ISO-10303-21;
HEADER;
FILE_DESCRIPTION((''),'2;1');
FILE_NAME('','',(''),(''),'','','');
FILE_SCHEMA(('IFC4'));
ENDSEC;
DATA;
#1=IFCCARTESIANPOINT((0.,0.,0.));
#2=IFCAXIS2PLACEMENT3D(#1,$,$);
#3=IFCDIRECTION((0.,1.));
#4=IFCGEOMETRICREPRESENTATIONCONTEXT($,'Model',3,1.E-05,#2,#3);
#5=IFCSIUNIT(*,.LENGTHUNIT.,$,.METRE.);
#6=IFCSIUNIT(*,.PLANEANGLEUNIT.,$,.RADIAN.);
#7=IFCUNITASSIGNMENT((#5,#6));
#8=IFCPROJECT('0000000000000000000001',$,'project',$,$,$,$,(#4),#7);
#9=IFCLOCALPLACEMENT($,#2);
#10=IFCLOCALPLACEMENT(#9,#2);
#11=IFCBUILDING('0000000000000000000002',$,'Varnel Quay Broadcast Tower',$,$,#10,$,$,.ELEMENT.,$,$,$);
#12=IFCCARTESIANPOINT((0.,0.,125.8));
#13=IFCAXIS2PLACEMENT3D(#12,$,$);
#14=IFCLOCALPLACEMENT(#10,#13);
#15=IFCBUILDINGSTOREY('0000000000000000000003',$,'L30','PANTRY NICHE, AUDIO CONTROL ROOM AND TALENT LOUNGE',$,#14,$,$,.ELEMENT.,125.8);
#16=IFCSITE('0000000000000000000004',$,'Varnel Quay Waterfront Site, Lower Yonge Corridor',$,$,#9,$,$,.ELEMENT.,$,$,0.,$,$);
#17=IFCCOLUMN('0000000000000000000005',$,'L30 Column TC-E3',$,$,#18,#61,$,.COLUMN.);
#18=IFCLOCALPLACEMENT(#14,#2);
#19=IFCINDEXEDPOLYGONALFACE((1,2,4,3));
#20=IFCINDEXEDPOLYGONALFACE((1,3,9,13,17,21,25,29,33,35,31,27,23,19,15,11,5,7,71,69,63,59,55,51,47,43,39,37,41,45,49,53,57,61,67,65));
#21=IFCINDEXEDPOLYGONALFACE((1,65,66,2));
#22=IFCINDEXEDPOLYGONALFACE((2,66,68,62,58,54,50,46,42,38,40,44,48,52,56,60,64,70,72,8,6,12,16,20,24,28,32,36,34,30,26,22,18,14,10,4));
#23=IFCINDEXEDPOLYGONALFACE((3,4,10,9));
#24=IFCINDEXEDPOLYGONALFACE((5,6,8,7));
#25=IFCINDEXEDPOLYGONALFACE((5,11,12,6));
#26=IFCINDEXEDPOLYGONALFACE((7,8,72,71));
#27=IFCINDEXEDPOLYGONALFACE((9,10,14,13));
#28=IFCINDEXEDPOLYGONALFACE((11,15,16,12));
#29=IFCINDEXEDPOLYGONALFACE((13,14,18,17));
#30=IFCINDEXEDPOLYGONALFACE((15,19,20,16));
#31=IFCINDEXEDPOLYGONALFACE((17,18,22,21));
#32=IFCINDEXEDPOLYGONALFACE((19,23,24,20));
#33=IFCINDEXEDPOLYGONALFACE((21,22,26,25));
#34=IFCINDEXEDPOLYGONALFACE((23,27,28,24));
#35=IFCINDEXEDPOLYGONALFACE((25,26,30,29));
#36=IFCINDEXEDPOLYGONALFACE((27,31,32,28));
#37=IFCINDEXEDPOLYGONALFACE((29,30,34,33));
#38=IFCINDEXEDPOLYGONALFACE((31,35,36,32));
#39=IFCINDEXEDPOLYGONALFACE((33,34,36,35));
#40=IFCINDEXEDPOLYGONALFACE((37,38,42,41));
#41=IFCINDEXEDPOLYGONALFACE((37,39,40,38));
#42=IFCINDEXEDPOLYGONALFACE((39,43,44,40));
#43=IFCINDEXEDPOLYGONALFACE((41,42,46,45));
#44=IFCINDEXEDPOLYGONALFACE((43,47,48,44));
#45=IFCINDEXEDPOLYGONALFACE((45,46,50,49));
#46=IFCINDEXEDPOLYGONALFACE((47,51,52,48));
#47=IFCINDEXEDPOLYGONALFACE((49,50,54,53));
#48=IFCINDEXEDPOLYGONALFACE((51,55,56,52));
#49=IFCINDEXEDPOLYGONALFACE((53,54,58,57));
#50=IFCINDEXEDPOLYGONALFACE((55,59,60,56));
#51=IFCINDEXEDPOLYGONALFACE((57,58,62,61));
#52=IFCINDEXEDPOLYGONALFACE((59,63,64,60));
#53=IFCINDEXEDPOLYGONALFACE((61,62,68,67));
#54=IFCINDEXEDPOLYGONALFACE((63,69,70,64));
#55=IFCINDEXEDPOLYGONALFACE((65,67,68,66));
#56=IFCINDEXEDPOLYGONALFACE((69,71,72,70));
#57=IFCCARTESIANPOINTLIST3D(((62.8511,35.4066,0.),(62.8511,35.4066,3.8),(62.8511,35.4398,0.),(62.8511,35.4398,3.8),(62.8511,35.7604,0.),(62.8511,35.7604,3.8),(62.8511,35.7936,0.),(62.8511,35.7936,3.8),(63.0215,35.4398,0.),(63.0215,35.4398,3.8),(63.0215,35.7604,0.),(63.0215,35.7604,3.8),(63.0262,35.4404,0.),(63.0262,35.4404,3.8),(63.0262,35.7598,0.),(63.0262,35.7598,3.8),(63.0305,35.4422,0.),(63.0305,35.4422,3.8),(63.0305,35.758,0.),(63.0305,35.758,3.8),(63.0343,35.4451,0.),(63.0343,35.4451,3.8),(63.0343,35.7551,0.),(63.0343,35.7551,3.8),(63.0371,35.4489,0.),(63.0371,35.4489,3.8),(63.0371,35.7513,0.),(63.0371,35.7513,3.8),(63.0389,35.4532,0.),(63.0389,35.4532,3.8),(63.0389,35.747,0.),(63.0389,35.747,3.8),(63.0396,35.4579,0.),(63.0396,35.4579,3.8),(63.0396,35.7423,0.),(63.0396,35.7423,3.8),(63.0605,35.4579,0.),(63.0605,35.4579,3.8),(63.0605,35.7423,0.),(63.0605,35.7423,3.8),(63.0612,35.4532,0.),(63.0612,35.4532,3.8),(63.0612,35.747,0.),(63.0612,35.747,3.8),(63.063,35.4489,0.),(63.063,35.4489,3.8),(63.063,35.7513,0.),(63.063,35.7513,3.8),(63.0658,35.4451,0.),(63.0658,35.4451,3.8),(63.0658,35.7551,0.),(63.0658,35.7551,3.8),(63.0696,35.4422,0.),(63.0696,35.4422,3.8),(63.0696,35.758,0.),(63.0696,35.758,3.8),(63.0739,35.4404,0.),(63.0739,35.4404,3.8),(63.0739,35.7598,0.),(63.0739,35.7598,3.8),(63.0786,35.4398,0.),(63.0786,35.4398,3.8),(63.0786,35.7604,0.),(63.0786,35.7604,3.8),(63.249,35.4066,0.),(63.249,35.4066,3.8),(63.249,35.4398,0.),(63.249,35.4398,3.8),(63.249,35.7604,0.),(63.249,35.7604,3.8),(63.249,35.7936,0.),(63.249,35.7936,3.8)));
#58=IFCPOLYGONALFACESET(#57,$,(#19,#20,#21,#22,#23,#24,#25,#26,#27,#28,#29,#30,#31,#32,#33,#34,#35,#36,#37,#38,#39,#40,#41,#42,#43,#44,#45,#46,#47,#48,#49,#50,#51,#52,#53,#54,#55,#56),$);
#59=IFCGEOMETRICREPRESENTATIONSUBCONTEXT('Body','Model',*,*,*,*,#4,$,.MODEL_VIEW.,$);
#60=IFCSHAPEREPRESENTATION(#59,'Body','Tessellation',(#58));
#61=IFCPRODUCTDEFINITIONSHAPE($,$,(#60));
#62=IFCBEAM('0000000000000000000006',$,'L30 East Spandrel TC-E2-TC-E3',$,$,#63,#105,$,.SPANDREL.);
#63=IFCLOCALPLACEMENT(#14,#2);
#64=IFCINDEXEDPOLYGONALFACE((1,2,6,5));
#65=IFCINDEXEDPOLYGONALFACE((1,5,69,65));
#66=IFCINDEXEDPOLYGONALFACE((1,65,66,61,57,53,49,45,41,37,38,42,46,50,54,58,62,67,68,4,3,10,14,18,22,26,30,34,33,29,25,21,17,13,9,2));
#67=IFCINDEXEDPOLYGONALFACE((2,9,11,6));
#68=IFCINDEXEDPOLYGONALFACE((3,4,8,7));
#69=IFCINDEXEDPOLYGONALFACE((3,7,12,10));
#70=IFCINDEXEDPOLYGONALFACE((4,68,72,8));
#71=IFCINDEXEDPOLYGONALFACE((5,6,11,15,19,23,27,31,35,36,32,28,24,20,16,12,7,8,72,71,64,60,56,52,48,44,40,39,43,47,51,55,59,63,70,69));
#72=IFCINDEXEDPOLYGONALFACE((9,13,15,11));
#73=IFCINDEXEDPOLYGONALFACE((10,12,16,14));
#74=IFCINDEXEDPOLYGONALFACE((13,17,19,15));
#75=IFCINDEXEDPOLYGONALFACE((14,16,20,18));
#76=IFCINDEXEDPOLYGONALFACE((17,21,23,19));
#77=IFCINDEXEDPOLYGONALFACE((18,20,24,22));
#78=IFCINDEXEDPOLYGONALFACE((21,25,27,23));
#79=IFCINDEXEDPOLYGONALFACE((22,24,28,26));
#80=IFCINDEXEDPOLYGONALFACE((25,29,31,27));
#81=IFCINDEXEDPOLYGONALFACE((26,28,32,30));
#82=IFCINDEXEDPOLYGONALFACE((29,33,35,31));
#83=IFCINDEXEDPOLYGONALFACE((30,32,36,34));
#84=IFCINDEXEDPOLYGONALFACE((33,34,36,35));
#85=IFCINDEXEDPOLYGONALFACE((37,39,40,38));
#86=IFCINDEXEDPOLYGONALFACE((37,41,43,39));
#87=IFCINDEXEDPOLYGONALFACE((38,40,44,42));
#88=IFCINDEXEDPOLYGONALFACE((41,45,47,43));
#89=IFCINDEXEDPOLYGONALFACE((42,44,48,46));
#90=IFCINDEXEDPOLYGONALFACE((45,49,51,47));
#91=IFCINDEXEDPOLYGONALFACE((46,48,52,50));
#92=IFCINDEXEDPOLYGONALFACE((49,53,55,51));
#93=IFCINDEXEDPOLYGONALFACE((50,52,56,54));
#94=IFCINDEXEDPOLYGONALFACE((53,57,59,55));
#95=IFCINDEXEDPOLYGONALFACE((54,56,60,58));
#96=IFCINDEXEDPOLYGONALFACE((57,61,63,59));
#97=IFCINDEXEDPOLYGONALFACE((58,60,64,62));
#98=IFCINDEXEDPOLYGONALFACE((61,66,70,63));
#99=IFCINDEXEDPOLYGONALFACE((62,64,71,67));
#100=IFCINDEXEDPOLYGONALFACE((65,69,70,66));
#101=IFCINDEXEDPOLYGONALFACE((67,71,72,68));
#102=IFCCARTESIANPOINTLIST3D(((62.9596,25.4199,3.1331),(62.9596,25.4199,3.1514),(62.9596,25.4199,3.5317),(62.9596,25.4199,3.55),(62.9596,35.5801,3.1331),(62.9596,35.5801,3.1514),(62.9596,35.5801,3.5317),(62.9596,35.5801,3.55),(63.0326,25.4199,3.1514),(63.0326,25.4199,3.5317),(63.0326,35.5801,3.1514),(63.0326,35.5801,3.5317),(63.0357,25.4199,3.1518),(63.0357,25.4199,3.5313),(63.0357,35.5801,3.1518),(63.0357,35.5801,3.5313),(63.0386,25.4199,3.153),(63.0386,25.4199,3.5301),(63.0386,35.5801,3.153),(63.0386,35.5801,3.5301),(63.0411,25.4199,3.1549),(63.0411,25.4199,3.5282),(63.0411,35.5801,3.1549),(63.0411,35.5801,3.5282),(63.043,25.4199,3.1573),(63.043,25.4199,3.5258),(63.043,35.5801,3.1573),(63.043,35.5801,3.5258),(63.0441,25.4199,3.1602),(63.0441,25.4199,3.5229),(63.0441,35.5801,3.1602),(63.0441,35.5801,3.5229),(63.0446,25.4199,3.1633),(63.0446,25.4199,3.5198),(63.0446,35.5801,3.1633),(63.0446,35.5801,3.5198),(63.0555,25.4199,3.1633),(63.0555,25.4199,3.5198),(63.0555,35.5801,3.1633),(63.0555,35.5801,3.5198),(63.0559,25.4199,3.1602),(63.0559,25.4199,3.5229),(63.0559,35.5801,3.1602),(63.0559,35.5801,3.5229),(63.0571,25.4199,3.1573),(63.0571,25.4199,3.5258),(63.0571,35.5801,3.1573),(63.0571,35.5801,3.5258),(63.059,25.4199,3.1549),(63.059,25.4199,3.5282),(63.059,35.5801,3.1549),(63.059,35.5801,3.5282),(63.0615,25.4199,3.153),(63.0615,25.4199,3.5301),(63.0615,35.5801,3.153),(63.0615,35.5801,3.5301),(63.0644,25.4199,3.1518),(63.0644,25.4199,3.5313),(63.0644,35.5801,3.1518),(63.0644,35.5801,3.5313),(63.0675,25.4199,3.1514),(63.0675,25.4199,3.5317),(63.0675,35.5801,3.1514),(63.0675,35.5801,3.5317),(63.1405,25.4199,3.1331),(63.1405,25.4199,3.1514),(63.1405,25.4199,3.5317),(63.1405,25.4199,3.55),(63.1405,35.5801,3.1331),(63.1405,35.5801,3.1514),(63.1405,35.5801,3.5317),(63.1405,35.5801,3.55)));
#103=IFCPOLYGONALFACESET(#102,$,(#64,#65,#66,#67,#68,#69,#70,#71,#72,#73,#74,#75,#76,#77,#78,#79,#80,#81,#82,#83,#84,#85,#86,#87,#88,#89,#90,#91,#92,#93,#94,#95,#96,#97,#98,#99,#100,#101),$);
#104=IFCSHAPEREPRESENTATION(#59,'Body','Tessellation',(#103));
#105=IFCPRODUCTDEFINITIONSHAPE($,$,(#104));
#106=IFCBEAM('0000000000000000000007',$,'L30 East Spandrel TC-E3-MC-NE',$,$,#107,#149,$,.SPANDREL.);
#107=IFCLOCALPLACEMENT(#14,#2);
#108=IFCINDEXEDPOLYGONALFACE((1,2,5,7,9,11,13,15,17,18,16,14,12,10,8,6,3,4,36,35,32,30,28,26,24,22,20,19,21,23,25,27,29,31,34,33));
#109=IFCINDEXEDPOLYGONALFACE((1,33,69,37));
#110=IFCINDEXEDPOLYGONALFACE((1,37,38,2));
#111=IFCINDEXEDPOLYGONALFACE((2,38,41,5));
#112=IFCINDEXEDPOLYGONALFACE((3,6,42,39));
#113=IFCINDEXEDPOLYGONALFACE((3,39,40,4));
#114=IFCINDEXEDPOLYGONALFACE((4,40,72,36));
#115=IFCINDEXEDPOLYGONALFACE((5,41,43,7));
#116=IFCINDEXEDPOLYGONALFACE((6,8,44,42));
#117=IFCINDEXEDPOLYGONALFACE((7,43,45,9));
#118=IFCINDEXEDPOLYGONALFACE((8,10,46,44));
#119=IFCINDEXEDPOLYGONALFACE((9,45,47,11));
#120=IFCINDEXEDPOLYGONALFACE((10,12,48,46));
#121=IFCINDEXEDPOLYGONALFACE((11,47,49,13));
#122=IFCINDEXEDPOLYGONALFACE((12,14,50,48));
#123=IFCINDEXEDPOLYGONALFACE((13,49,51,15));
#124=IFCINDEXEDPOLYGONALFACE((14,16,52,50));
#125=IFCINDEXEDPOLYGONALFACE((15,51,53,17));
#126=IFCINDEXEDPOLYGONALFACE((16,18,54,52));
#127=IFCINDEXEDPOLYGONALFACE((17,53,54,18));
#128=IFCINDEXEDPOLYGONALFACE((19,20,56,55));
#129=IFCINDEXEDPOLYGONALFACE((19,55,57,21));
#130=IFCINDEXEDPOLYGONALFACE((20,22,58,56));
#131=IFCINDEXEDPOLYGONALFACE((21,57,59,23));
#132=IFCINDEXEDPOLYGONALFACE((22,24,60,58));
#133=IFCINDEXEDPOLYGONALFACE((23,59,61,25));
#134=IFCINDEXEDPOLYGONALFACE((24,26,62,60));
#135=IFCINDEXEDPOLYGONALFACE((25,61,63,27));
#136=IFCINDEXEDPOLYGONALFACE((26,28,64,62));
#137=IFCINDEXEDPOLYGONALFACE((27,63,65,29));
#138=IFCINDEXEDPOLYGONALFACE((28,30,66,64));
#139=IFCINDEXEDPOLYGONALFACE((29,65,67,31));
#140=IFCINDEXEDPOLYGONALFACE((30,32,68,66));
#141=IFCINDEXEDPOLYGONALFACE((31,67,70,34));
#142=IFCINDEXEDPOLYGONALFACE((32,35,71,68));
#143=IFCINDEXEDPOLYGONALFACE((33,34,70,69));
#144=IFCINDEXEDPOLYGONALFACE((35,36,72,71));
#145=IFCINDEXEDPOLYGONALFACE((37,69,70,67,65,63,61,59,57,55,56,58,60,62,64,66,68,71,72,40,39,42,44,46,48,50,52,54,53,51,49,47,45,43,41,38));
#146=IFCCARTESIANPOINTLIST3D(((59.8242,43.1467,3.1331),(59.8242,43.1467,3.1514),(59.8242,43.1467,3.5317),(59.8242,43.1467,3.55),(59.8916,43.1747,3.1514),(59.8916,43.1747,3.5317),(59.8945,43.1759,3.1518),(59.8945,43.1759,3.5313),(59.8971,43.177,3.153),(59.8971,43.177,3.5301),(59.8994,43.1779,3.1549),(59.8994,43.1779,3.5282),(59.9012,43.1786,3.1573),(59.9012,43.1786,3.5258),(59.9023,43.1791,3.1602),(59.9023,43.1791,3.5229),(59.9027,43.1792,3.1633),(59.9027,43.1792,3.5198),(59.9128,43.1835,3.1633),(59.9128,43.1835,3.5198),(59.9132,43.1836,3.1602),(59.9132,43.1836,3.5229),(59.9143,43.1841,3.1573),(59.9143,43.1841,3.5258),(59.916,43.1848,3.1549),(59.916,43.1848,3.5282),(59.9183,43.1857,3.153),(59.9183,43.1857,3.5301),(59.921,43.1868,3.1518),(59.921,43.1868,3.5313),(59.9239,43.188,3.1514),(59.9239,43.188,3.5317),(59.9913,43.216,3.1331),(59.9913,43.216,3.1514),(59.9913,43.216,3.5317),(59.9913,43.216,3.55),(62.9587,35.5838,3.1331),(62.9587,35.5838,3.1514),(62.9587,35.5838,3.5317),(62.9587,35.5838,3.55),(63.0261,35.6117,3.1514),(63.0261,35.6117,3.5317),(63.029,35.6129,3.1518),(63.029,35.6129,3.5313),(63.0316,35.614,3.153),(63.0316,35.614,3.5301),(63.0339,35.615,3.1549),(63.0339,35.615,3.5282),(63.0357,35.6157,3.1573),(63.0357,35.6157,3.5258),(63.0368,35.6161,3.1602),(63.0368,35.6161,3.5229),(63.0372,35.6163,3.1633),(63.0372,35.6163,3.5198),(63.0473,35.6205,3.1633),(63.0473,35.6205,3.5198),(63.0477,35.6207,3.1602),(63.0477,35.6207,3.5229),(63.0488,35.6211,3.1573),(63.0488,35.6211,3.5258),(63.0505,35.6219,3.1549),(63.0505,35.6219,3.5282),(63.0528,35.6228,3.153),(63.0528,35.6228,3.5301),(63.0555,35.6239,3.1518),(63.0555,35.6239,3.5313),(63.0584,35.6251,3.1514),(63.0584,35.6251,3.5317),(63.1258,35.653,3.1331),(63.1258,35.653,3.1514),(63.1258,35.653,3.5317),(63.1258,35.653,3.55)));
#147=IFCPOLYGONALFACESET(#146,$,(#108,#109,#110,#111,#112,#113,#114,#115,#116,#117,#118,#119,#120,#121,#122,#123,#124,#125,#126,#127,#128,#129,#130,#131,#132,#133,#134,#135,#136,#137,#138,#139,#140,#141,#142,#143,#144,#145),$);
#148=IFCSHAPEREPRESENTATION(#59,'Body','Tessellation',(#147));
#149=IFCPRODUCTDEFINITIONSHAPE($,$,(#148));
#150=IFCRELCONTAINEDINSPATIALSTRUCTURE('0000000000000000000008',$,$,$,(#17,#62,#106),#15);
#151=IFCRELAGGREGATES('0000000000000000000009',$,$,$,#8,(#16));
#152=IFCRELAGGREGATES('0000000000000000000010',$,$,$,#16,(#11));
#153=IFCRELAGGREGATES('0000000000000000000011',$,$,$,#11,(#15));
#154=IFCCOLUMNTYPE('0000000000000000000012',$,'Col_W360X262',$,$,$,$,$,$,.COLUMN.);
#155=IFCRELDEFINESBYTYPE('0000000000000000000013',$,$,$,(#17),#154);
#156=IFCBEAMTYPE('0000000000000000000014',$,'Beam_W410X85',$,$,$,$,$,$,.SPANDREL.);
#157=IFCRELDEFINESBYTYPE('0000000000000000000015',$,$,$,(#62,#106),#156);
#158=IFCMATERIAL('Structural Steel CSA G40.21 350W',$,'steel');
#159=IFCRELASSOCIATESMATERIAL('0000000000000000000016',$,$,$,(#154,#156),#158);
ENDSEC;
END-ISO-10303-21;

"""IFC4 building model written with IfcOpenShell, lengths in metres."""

from ifc_helpers import new_model, si_unit, direction, frame, origin, origin_2d, place, context, subcontext, project, spatial, i_section, extrude, source, transform, mapped, material, material_profile, profile_set, type_object, type_shapes, element, save


model = new_model("IFC4")

# Units and contexts
model_context = context("Model", 3, precision=1e-05, world=origin(), true_north=direction((0.0, 1.0)))
body_context = subcontext(model_context, "Body", "Model", "MODEL_VIEW")
ifc_project = project(units=[si_unit("LENGTHUNIT", "METRE"), si_unit("PLANEANGLEUNIT", "RADIAN")], contexts=[model_context])

# Site, building, storey
site_placement = place(None, origin())
site = spatial("IfcSite", under=ifc_project, at=site_placement, Name="Varnel Quay Waterfront Site, Lower Yonge Corridor", CompositionType="ELEMENT", RefElevation=0.0)
building_placement = place(site_placement, origin())
building = spatial("IfcBuilding", under=site, at=building_placement, Name="Varnel Quay Broadcast Tower", CompositionType="ELEMENT")
storey_placement = place(building_placement, frame((0.0, 0.0, 125.8)))
storey = spatial("IfcBuildingStorey", under=building, at=storey_placement, Name="L30", Description="PANTRY NICHE, AUDIO CONTROL ROOM AND TALENT LOUNGE", CompositionType="ELEMENT", Elevation=125.8)

# Column
ifc_material_1 = material(Name="Structural Steel CSA G40.21 350W", Category="steel")
ifc_material_profile_1 = material_profile(ifc_material_1, i_section(OverallWidth=0.3979, OverallDepth=0.387, WebThickness=0.021, FlangeThickness=0.0332, FilletRadius=0.0181, at=origin_2d()), Name="W360X262")
ifc_profile_set_1 = profile_set([ifc_material_profile_1], Name="Structural Steel CSA G40.21 350W")
column_type_1 = type_object("IfcColumnType", Name="Col_W360X262", PredefinedType="COLUMN", material=ifc_profile_set_1)
shared_shape_1 = source(origin(), body_context, "Body", "SweptSolid", [
    extrude(i_section(OverallWidth=0.3979, OverallDepth=0.387, WebThickness=0.021, FlangeThickness=0.0332, FilletRadius=0.0181, at=origin_2d()), origin(), (0.0, 0.0, 1.0), 3.8),
])
type_shapes(column_type_1, [shared_shape_1])
for number, where, z_axis, x_axis, name in (
    (1, (63.05, 35.6001, 0.0), (0.0, 0.0, 1.0), (1.0, 0.0, 0.0), "L30 Column TC-E3"),
):
    element("IfcColumn", number, at=place(storey_placement, frame(where, z_axis=z_axis, x_axis=x_axis)), inside=storey, type_object=column_type_1, Name=name, PredefinedType="COLUMN", context=body_context, shape_type="MappedRepresentation", body=[
        mapped(shared_shape_1, transform((0.0, 0.0, 0.0), x_axis=(1.0, 0.0, 0.0), y_axis=(0.0, 1.0, 0.0), z_axis=(0.0, 0.0, 1.0), scale=1.0)),
    ])

# Beams
ifc_material_profile_2 = material_profile(ifc_material_1, i_section(OverallWidth=0.1809, OverallDepth=0.417, WebThickness=0.011, FlangeThickness=0.0183, FilletRadius=0.012, at=origin_2d()), Name="W410X85")
ifc_profile_set_2 = profile_set([ifc_material_profile_2], Name="Structural Steel CSA G40.21 350W")
beam_type_1 = type_object("IfcBeamType", Name="Beam_W410X85", PredefinedType="SPANDREL", material=ifc_profile_set_2)
shared_shape_2 = source(origin(), body_context, "Body", "SweptSolid", [
    extrude(i_section(OverallWidth=0.1809, OverallDepth=0.417, WebThickness=0.011, FlangeThickness=0.0183, FilletRadius=0.012, at=origin_2d()), origin(), (0.0, 0.0, 1.0), 10.1602),
])
beam_1_placement = place(storey_placement, frame((63.05, 25.4199, 3.3416), z_axis=(0.0, 1.0, 0.0), x_axis=(-1.0, 0.0, 0.0)))
element("IfcBeam", 2, at=beam_1_placement, inside=storey, type_object=beam_type_1, Name="L30 East Spandrel TC-E2-TC-E3", PredefinedType="SPANDREL", context=body_context, shape_type="MappedRepresentation", body=[
    mapped(shared_shape_2, transform((0.0, 0.0, 0.0), x_axis=(1.0, 0.0, 0.0), y_axis=(0.0, 1.0, 0.0), z_axis=(0.0, 0.0, 1.0), scale=1.0)),
])
shared_shape_3 = source(origin(), body_context, "Body", "SweptSolid", [
    extrude(i_section(OverallWidth=0.1809, OverallDepth=0.417, WebThickness=0.011, FlangeThickness=0.0183, FilletRadius=0.012, at=origin_2d()), origin(), (0.0, 0.0, 1.0), 8.1868),
])
beam_2_placement = place(storey_placement, frame((63.0422, 35.6184, 3.3416), z_axis=(-0.382874, 0.923801, 0.0), x_axis=(-0.923801, -0.382874, 0.0)))
element("IfcBeam", 3, at=beam_2_placement, inside=storey, type_object=beam_type_1, Name="L30 East Spandrel TC-E3-MC-NE", PredefinedType="SPANDREL", context=body_context, shape_type="MappedRepresentation", body=[
    mapped(shared_shape_3, transform((0.0, 0.0, 0.0), x_axis=(1.0, 0.0, 0.0), y_axis=(0.0, 1.0, 0.0), z_axis=(0.0, 0.0, 1.0), scale=1.0)),
])

save(model, "model.ifc")
